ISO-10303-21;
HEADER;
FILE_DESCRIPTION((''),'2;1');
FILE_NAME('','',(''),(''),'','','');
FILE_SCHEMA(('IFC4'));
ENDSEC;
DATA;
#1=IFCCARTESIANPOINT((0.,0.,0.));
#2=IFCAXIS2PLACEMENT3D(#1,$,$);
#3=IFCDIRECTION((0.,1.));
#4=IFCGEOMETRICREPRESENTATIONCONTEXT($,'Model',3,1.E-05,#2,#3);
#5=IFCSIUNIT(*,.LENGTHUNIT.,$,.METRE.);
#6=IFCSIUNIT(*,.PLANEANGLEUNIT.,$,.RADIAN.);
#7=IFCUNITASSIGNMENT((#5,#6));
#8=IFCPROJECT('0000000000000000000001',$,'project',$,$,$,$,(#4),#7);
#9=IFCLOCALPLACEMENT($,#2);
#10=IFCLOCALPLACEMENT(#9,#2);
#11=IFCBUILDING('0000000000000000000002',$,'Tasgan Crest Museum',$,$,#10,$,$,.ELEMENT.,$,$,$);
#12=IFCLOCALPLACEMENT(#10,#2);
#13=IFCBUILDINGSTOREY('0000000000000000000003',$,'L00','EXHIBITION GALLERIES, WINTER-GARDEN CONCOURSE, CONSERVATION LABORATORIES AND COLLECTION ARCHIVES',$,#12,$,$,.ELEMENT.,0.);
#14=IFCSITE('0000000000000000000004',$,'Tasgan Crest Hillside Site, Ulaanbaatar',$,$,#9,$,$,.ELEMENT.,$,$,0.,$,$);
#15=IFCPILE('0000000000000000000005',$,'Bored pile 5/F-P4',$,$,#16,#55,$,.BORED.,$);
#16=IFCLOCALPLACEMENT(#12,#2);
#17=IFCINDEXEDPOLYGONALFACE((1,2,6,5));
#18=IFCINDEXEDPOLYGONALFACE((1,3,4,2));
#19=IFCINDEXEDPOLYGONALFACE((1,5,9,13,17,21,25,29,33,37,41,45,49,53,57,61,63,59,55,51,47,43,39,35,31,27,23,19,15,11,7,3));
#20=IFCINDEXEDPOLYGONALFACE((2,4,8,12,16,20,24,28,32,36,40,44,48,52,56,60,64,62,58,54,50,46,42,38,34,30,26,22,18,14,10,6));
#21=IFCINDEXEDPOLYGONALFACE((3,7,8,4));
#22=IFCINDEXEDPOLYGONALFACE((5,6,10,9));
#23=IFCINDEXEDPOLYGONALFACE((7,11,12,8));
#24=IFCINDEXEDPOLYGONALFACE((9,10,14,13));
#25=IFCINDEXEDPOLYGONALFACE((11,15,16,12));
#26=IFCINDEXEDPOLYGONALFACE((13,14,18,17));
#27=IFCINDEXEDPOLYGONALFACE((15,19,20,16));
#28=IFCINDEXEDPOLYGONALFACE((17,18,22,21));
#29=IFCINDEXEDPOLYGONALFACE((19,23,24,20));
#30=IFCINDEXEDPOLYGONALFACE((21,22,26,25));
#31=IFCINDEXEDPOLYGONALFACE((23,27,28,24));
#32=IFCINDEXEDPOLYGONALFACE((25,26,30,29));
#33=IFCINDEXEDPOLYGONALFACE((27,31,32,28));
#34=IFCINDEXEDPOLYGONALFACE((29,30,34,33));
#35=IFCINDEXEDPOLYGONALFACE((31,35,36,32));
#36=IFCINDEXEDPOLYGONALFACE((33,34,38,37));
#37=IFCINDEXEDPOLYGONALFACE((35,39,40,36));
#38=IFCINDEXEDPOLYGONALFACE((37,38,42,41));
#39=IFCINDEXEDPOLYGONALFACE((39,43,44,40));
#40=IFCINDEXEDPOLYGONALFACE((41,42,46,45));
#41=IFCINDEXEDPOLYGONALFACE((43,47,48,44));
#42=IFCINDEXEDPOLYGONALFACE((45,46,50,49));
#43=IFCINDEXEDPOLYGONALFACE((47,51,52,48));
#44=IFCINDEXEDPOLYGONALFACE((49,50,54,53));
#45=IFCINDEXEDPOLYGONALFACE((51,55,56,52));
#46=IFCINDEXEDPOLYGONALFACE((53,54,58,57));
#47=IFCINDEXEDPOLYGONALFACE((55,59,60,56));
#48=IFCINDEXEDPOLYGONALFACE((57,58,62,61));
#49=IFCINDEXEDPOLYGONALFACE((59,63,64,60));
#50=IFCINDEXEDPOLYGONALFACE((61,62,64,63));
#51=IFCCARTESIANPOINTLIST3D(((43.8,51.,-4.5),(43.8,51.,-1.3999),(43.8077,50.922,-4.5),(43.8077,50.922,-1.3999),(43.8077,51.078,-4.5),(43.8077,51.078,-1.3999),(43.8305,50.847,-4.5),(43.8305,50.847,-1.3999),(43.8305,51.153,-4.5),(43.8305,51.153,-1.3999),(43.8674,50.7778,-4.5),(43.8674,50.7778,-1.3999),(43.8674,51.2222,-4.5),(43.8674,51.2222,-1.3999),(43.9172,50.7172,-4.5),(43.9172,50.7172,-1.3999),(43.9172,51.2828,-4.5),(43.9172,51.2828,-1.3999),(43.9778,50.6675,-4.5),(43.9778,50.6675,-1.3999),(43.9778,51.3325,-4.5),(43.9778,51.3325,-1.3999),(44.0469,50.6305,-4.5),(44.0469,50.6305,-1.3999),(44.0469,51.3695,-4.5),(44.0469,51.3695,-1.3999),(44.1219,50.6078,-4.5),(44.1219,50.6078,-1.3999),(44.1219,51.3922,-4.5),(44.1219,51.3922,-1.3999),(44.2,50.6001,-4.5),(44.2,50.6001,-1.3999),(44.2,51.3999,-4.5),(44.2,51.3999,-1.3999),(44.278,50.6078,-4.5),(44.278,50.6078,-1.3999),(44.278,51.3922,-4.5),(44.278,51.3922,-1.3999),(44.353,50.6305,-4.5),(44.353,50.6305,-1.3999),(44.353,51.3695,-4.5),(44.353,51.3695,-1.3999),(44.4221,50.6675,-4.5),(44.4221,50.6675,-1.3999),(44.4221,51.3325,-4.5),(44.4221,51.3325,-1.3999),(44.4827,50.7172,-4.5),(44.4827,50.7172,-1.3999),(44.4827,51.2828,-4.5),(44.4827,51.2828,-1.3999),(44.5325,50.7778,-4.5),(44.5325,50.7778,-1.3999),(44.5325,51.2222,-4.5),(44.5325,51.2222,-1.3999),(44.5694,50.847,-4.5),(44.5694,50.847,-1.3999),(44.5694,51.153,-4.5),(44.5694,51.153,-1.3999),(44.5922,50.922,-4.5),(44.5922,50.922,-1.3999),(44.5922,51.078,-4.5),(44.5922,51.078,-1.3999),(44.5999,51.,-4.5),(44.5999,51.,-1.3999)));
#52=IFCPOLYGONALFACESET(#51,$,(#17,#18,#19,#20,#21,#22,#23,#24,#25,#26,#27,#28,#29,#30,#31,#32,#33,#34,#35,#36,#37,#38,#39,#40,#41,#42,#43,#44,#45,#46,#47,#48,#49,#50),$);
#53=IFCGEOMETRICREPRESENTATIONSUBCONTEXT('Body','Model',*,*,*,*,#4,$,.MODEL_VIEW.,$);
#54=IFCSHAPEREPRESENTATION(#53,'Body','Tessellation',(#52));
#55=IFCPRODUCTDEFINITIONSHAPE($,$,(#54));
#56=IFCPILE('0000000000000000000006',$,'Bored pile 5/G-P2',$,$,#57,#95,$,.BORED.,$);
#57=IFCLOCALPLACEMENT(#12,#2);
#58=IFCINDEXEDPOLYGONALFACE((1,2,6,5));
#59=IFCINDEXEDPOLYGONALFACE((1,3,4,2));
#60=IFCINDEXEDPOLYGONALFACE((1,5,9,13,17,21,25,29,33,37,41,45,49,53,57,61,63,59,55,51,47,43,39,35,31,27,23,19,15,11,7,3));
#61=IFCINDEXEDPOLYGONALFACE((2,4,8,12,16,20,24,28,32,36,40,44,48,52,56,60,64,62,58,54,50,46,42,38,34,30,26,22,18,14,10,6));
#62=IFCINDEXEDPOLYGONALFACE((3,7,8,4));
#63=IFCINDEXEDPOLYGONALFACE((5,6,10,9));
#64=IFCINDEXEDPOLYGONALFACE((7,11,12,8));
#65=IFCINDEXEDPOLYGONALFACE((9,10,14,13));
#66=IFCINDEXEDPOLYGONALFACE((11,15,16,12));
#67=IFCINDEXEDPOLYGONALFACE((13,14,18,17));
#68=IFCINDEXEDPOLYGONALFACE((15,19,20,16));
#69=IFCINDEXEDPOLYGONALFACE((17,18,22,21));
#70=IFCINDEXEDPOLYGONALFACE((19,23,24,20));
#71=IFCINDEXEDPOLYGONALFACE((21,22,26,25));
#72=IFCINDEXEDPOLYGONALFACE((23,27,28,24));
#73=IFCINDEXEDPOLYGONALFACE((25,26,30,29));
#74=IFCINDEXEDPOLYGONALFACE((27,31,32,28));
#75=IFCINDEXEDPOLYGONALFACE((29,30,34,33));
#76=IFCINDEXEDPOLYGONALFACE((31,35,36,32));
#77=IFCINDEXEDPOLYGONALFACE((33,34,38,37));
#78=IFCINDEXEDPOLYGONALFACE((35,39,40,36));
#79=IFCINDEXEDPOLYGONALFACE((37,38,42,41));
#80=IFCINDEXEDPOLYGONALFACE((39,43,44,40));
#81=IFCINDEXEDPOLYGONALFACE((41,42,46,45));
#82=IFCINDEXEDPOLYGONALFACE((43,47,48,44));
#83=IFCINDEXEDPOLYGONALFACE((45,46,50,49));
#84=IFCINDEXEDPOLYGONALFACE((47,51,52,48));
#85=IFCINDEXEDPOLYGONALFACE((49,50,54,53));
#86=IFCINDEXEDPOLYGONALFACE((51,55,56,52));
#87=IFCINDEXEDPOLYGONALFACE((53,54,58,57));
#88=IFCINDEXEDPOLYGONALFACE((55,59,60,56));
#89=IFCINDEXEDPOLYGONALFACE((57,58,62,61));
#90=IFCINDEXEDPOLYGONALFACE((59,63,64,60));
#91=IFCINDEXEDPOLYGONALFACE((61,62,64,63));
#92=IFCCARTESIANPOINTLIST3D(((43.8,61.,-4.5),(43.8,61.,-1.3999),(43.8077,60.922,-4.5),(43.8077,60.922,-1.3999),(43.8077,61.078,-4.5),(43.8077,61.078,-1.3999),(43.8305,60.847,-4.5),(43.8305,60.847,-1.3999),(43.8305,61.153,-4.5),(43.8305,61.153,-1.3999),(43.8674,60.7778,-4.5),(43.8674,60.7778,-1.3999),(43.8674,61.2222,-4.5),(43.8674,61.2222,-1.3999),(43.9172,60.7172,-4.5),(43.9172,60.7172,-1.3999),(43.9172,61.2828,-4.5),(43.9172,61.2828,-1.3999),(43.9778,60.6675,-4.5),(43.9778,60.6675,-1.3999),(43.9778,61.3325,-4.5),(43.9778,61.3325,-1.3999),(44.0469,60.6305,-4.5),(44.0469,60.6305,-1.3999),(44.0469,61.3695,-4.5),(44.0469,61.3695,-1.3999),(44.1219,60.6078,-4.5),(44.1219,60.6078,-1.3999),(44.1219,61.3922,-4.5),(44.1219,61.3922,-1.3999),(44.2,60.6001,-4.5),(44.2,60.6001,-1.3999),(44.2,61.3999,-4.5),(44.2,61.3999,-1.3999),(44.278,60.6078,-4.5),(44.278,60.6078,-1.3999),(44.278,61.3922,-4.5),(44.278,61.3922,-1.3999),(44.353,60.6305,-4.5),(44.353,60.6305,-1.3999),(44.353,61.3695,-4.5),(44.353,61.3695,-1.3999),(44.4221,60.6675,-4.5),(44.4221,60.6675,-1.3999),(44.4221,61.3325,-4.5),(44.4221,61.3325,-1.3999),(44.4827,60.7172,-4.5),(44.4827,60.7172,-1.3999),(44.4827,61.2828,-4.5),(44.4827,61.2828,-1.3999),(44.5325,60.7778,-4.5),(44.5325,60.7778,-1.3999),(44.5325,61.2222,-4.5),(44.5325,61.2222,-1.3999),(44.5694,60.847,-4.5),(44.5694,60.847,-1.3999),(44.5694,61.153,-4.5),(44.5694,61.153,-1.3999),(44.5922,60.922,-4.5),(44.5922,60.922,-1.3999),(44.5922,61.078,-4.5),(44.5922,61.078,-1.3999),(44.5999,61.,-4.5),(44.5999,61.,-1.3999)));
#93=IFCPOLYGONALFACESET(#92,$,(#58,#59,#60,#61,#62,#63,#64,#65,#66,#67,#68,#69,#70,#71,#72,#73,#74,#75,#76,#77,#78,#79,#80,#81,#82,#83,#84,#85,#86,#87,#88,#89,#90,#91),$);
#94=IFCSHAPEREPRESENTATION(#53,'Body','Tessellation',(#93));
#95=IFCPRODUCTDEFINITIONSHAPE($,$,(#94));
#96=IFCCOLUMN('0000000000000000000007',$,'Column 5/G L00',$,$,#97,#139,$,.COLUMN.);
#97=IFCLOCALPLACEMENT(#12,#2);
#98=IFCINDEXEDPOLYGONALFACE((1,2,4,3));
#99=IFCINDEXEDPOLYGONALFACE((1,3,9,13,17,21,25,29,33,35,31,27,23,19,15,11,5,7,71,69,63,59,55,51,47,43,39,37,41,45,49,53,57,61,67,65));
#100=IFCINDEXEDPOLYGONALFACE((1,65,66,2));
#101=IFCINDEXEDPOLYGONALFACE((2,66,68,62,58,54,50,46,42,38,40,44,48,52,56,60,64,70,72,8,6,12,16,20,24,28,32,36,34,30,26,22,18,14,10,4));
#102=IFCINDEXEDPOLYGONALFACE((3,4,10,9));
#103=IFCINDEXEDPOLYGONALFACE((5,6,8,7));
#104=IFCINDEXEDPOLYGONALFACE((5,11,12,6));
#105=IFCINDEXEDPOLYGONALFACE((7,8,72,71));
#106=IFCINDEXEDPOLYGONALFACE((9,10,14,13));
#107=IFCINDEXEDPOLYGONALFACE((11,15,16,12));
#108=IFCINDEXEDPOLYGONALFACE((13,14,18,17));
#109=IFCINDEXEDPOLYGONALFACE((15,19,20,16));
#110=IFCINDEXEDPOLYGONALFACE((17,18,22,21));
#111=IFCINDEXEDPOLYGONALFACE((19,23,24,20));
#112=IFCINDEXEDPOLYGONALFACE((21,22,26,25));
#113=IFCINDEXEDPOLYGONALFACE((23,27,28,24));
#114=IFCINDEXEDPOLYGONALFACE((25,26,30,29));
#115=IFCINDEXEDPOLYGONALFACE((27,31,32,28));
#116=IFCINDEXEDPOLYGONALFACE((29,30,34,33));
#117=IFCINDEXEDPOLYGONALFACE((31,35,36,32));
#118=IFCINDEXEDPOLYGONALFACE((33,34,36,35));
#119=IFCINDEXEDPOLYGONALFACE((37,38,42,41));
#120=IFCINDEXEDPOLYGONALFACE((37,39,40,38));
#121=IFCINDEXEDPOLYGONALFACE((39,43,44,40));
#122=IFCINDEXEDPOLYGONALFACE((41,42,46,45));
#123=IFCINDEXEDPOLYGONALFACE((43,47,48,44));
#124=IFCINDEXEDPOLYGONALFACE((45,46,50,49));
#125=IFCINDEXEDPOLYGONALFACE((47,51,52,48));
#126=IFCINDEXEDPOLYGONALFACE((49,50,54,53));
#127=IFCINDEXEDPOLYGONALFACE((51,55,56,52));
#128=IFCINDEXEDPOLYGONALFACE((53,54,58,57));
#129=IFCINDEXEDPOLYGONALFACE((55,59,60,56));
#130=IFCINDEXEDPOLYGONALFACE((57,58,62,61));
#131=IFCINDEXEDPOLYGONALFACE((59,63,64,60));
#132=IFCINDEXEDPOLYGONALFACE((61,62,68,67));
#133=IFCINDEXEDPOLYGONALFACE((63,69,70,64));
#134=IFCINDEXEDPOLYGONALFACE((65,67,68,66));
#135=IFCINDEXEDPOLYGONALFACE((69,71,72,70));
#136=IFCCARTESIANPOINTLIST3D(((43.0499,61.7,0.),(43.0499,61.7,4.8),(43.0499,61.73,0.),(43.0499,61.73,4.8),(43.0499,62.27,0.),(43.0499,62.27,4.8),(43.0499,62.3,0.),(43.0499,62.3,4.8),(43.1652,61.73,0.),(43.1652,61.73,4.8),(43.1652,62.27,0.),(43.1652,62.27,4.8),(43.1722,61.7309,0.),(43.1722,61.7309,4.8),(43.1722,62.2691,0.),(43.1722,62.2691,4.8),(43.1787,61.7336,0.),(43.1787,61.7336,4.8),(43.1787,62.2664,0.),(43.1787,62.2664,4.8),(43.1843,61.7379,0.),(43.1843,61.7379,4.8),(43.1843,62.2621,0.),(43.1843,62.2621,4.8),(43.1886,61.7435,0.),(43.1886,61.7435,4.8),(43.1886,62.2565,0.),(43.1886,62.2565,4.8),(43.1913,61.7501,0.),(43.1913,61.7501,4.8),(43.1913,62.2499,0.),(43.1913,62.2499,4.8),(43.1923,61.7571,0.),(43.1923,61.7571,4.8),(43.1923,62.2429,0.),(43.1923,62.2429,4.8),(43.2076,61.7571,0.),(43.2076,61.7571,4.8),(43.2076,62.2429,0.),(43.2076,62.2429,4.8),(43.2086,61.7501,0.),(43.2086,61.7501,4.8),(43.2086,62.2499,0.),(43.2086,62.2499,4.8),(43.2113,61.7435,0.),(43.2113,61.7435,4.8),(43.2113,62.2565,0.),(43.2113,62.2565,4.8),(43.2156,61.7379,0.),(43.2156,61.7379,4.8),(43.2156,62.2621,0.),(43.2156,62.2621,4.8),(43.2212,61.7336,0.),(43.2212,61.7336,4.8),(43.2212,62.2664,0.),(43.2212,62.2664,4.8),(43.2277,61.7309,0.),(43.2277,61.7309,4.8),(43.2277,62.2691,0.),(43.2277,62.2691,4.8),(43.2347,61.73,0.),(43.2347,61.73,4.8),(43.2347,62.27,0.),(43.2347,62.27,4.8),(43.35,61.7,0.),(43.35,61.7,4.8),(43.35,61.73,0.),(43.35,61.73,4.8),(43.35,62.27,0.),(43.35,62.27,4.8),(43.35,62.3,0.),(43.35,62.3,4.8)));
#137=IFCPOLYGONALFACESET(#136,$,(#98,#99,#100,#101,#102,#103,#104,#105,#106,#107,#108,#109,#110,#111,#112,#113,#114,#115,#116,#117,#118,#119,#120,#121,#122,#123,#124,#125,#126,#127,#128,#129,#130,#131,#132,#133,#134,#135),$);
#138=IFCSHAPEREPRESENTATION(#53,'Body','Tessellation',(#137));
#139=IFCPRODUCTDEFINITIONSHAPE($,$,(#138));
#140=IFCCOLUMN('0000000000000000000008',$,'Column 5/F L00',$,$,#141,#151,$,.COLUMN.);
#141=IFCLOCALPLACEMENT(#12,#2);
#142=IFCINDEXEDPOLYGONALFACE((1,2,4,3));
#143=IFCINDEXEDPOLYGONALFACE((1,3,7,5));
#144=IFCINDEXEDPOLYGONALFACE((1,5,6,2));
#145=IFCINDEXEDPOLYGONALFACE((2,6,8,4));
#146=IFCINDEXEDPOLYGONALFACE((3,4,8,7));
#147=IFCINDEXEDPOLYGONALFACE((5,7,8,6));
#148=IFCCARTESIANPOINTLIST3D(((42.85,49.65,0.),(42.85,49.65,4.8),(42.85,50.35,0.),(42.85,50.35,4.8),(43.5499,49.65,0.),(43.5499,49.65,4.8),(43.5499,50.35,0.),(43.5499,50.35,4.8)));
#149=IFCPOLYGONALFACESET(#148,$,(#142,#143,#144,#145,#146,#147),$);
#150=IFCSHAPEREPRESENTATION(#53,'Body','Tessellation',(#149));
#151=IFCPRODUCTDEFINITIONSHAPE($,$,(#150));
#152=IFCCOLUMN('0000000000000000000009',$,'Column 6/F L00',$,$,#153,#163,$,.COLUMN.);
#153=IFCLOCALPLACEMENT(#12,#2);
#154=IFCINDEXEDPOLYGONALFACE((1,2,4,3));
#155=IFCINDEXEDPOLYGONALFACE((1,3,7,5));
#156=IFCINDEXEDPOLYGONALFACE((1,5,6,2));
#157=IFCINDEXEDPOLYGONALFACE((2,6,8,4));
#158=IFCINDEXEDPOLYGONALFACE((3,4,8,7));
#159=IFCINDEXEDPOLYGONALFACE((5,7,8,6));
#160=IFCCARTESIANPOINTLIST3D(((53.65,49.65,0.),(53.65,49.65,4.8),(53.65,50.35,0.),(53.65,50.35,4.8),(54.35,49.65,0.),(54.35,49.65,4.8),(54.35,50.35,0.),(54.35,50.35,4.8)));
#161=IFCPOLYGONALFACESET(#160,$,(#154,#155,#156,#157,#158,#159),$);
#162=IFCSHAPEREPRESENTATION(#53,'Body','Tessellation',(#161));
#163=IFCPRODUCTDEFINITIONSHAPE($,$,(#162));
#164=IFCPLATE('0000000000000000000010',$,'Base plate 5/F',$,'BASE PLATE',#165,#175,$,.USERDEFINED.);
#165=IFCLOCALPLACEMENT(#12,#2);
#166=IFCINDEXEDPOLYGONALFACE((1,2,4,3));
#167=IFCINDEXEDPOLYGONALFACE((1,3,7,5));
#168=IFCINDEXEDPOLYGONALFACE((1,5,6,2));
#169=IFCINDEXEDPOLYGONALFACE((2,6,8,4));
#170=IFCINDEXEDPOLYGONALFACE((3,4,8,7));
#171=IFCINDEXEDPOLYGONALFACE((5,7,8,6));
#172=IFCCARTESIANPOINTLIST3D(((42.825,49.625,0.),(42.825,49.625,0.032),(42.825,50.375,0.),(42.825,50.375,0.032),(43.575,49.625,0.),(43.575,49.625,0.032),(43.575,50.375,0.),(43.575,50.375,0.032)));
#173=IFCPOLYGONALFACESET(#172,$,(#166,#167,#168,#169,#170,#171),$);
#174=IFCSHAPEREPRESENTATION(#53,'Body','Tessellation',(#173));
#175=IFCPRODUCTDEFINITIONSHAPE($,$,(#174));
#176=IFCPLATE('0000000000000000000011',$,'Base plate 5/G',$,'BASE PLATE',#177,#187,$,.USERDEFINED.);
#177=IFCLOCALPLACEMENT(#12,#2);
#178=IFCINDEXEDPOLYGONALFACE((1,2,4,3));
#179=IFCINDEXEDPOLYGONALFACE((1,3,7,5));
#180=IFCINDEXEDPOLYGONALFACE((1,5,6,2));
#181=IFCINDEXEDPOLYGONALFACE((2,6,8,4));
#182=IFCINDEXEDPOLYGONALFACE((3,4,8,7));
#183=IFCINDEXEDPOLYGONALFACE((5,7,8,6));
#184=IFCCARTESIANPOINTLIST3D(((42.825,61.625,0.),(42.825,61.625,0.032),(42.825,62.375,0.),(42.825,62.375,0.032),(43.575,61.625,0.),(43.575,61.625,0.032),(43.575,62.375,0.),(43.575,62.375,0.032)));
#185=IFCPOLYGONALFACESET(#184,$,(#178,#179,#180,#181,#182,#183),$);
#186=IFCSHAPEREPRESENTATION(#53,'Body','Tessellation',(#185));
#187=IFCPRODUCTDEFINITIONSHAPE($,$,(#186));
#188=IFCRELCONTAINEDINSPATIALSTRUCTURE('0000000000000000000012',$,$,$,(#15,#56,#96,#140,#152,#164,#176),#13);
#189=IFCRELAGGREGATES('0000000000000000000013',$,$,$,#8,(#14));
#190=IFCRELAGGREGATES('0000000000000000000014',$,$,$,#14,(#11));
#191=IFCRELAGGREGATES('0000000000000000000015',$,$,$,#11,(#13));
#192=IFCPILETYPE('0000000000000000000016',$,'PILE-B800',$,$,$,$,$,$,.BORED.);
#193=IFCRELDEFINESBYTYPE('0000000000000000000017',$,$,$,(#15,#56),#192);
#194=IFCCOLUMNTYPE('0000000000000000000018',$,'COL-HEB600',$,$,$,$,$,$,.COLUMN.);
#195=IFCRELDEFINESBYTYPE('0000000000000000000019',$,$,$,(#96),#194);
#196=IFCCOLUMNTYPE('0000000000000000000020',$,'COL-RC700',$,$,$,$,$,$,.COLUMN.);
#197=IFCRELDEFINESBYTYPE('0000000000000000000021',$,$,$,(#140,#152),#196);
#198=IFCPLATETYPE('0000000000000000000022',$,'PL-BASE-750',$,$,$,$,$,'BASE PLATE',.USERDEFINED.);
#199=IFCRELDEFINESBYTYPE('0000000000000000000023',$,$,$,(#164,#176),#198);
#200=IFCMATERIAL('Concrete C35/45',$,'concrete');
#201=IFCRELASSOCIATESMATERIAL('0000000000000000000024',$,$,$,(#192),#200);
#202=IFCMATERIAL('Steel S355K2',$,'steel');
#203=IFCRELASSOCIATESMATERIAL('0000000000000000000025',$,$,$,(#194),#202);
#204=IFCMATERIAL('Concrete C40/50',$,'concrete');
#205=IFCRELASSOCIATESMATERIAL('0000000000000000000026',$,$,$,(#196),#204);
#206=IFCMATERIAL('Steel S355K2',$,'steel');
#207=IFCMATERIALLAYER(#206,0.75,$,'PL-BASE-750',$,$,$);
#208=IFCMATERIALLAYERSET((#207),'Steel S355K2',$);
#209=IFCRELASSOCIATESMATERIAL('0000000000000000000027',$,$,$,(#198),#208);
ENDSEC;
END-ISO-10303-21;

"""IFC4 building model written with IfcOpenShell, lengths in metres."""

from ifc_helpers import new_model, si_unit, direction, frame, origin, origin_2d, place, context, subcontext, project, spatial, rectangle, circle, i_section, extrude, material, layer, layer_set, material_profile, profile_set, type_object, element, save


model = new_model("IFC4")

# Units and contexts
model_context = context("Model", 3, precision=1e-05, world=origin(), true_north=direction((0.0, 1.0)))
body_context = subcontext(model_context, "Body", "Model", "MODEL_VIEW")
ifc_project = project(units=[si_unit("LENGTHUNIT", "METRE"), si_unit("PLANEANGLEUNIT", "RADIAN")], contexts=[model_context])

# Site, building, storey
site_placement = place(None, origin())
site = spatial("IfcSite", under=ifc_project, at=site_placement, Name="Tasgan Crest Hillside Site, Ulaanbaatar", CompositionType="ELEMENT", RefElevation=0.0)
building_placement = place(site_placement, origin())
building = spatial("IfcBuilding", under=site, at=building_placement, Name="Tasgan Crest Museum", CompositionType="ELEMENT")
storey_placement = place(building_placement, origin())
storey = spatial("IfcBuildingStorey", under=building, at=storey_placement, Name="L00", Description="EXHIBITION GALLERIES, WINTER-GARDEN CONCOURSE, CONSERVATION LABORATORIES AND COLLECTION ARCHIVES", CompositionType="ELEMENT", Elevation=0.0)

# Piles
ifc_material_1 = material(Name="Concrete C35/45", Category="concrete")
ifc_material_profile_1 = material_profile(ifc_material_1, circle(Radius=0.3999, at=origin_2d()), Name="PILE D800")
ifc_profile_set_1 = profile_set([ifc_material_profile_1], Name="Concrete C35/45")
pile_type_1 = type_object("IfcPileType", Name="PILE-B800", PredefinedType="BORED", material=ifc_profile_set_1)
for number, where, z_axis, x_axis, name in (
    (1, (44.2, 51.0, -1.3999), (0.0, 0.0, -1.0), (1.0, 0.0, 0.0), "Bored pile 5/F-P4"),
    (2, (44.2, 61.0, -1.3999), (0.0, 0.0, -1.0), (1.0, 0.0, 0.0), "Bored pile 5/G-P2"),
):
    element("IfcPile", number, at=place(storey_placement, frame(where, z_axis=z_axis, x_axis=x_axis)), inside=storey, type_object=pile_type_1, Name=name, PredefinedType="BORED", context=body_context, shape_type="SweptSolid", body=[
        extrude(circle(Radius=0.3999, at=origin_2d()), origin(), (0.0, 0.0, 1.0), 3.1001),
    ])

# Columns
ifc_material_2 = material(Name="Steel S355K2", Category="steel")
ifc_material_profile_2 = material_profile(ifc_material_2, i_section(OverallWidth=0.3, OverallDepth=0.6001, WebThickness=0.0154, FlangeThickness=0.03, FilletRadius=0.0271, at=origin_2d()), Name="HEB 600")
ifc_profile_set_2 = profile_set([ifc_material_profile_2], Name="Steel S355K2")
column_type_1 = type_object("IfcColumnType", Name="COL-HEB600", PredefinedType="COLUMN", material=ifc_profile_set_2)
column_placement = place(storey_placement, frame((43.2, 62.0, 0.0), z_axis=(0.0, 0.0, 1.0), x_axis=(1.0, 0.0, 0.0)))
element("IfcColumn", 3, at=column_placement, inside=storey, type_object=column_type_1, Name="Column 5/G L00", PredefinedType="COLUMN", context=body_context, shape_type="SweptSolid", body=[
    extrude(i_section(OverallWidth=0.3, OverallDepth=0.6001, WebThickness=0.0154, FlangeThickness=0.03, FilletRadius=0.0271, at=origin_2d()), origin(), (0.0, 0.0, 1.0), 4.8),
])
ifc_material_3 = material(Name="Concrete C40/50", Category="concrete")
ifc_material_profile_3 = material_profile(ifc_material_3, rectangle(XDim=0.7, YDim=0.7, at=origin_2d()), Name="RC 700x700")
ifc_profile_set_3 = profile_set([ifc_material_profile_3], Name="Concrete C40/50")
column_type_2 = type_object("IfcColumnType", Name="COL-RC700", PredefinedType="COLUMN", material=ifc_profile_set_3)
for number, where, z_axis, x_axis, name in (
    (4, (43.2, 50.0, 0.0), (0.0, 0.0, 1.0), (1.0, 0.0, 0.0), "Column 5/F L00"),
    (5, (54.0, 50.0, 0.0), (0.0, 0.0, 1.0), (1.0, 0.0, 0.0), "Column 6/F L00"),
):
    element("IfcColumn", number, at=place(storey_placement, frame(where, z_axis=z_axis, x_axis=x_axis)), inside=storey, type_object=column_type_2, Name=name, PredefinedType="COLUMN", context=body_context, shape_type="SweptSolid", body=[
        extrude(rectangle(XDim=0.7, YDim=0.7, at=origin_2d()), origin(), (0.0, 0.0, 1.0), 4.8),
    ])

# Plates
ifc_material_4 = material(Name="Steel S355K2", Category="steel")
ifc_layer_1 = layer(ifc_material_4, 0.75, Name="PL-BASE-750")
ifc_layer_set_1 = layer_set([ifc_layer_1], Name="Steel S355K2")
plate_type_1 = type_object("IfcPlateType", Name="PL-BASE-750", ElementType="BASE PLATE", PredefinedType="USERDEFINED", material=ifc_layer_set_1)
for number, where, z_axis, x_axis, name in (
    (6, (43.2, 50.0, 0.0), (0.0, 0.0, 1.0), (1.0, 0.0, 0.0), "Base plate 5/F"),
    (7, (43.2, 62.0, 0.0), (0.0, 0.0, 1.0), (1.0, 0.0, 0.0), "Base plate 5/G"),
):
    element("IfcPlate", number, at=place(storey_placement, frame(where, z_axis=z_axis, x_axis=x_axis)), inside=storey, type_object=plate_type_1, Name=name, ObjectType="BASE PLATE", PredefinedType="USERDEFINED", context=body_context, shape_type="SweptSolid", body=[
        extrude(rectangle(XDim=0.75, YDim=0.75, at=origin_2d()), origin(), (0.0, 0.0, 1.0), 0.032),
    ])

save(model, "model.ifc")
